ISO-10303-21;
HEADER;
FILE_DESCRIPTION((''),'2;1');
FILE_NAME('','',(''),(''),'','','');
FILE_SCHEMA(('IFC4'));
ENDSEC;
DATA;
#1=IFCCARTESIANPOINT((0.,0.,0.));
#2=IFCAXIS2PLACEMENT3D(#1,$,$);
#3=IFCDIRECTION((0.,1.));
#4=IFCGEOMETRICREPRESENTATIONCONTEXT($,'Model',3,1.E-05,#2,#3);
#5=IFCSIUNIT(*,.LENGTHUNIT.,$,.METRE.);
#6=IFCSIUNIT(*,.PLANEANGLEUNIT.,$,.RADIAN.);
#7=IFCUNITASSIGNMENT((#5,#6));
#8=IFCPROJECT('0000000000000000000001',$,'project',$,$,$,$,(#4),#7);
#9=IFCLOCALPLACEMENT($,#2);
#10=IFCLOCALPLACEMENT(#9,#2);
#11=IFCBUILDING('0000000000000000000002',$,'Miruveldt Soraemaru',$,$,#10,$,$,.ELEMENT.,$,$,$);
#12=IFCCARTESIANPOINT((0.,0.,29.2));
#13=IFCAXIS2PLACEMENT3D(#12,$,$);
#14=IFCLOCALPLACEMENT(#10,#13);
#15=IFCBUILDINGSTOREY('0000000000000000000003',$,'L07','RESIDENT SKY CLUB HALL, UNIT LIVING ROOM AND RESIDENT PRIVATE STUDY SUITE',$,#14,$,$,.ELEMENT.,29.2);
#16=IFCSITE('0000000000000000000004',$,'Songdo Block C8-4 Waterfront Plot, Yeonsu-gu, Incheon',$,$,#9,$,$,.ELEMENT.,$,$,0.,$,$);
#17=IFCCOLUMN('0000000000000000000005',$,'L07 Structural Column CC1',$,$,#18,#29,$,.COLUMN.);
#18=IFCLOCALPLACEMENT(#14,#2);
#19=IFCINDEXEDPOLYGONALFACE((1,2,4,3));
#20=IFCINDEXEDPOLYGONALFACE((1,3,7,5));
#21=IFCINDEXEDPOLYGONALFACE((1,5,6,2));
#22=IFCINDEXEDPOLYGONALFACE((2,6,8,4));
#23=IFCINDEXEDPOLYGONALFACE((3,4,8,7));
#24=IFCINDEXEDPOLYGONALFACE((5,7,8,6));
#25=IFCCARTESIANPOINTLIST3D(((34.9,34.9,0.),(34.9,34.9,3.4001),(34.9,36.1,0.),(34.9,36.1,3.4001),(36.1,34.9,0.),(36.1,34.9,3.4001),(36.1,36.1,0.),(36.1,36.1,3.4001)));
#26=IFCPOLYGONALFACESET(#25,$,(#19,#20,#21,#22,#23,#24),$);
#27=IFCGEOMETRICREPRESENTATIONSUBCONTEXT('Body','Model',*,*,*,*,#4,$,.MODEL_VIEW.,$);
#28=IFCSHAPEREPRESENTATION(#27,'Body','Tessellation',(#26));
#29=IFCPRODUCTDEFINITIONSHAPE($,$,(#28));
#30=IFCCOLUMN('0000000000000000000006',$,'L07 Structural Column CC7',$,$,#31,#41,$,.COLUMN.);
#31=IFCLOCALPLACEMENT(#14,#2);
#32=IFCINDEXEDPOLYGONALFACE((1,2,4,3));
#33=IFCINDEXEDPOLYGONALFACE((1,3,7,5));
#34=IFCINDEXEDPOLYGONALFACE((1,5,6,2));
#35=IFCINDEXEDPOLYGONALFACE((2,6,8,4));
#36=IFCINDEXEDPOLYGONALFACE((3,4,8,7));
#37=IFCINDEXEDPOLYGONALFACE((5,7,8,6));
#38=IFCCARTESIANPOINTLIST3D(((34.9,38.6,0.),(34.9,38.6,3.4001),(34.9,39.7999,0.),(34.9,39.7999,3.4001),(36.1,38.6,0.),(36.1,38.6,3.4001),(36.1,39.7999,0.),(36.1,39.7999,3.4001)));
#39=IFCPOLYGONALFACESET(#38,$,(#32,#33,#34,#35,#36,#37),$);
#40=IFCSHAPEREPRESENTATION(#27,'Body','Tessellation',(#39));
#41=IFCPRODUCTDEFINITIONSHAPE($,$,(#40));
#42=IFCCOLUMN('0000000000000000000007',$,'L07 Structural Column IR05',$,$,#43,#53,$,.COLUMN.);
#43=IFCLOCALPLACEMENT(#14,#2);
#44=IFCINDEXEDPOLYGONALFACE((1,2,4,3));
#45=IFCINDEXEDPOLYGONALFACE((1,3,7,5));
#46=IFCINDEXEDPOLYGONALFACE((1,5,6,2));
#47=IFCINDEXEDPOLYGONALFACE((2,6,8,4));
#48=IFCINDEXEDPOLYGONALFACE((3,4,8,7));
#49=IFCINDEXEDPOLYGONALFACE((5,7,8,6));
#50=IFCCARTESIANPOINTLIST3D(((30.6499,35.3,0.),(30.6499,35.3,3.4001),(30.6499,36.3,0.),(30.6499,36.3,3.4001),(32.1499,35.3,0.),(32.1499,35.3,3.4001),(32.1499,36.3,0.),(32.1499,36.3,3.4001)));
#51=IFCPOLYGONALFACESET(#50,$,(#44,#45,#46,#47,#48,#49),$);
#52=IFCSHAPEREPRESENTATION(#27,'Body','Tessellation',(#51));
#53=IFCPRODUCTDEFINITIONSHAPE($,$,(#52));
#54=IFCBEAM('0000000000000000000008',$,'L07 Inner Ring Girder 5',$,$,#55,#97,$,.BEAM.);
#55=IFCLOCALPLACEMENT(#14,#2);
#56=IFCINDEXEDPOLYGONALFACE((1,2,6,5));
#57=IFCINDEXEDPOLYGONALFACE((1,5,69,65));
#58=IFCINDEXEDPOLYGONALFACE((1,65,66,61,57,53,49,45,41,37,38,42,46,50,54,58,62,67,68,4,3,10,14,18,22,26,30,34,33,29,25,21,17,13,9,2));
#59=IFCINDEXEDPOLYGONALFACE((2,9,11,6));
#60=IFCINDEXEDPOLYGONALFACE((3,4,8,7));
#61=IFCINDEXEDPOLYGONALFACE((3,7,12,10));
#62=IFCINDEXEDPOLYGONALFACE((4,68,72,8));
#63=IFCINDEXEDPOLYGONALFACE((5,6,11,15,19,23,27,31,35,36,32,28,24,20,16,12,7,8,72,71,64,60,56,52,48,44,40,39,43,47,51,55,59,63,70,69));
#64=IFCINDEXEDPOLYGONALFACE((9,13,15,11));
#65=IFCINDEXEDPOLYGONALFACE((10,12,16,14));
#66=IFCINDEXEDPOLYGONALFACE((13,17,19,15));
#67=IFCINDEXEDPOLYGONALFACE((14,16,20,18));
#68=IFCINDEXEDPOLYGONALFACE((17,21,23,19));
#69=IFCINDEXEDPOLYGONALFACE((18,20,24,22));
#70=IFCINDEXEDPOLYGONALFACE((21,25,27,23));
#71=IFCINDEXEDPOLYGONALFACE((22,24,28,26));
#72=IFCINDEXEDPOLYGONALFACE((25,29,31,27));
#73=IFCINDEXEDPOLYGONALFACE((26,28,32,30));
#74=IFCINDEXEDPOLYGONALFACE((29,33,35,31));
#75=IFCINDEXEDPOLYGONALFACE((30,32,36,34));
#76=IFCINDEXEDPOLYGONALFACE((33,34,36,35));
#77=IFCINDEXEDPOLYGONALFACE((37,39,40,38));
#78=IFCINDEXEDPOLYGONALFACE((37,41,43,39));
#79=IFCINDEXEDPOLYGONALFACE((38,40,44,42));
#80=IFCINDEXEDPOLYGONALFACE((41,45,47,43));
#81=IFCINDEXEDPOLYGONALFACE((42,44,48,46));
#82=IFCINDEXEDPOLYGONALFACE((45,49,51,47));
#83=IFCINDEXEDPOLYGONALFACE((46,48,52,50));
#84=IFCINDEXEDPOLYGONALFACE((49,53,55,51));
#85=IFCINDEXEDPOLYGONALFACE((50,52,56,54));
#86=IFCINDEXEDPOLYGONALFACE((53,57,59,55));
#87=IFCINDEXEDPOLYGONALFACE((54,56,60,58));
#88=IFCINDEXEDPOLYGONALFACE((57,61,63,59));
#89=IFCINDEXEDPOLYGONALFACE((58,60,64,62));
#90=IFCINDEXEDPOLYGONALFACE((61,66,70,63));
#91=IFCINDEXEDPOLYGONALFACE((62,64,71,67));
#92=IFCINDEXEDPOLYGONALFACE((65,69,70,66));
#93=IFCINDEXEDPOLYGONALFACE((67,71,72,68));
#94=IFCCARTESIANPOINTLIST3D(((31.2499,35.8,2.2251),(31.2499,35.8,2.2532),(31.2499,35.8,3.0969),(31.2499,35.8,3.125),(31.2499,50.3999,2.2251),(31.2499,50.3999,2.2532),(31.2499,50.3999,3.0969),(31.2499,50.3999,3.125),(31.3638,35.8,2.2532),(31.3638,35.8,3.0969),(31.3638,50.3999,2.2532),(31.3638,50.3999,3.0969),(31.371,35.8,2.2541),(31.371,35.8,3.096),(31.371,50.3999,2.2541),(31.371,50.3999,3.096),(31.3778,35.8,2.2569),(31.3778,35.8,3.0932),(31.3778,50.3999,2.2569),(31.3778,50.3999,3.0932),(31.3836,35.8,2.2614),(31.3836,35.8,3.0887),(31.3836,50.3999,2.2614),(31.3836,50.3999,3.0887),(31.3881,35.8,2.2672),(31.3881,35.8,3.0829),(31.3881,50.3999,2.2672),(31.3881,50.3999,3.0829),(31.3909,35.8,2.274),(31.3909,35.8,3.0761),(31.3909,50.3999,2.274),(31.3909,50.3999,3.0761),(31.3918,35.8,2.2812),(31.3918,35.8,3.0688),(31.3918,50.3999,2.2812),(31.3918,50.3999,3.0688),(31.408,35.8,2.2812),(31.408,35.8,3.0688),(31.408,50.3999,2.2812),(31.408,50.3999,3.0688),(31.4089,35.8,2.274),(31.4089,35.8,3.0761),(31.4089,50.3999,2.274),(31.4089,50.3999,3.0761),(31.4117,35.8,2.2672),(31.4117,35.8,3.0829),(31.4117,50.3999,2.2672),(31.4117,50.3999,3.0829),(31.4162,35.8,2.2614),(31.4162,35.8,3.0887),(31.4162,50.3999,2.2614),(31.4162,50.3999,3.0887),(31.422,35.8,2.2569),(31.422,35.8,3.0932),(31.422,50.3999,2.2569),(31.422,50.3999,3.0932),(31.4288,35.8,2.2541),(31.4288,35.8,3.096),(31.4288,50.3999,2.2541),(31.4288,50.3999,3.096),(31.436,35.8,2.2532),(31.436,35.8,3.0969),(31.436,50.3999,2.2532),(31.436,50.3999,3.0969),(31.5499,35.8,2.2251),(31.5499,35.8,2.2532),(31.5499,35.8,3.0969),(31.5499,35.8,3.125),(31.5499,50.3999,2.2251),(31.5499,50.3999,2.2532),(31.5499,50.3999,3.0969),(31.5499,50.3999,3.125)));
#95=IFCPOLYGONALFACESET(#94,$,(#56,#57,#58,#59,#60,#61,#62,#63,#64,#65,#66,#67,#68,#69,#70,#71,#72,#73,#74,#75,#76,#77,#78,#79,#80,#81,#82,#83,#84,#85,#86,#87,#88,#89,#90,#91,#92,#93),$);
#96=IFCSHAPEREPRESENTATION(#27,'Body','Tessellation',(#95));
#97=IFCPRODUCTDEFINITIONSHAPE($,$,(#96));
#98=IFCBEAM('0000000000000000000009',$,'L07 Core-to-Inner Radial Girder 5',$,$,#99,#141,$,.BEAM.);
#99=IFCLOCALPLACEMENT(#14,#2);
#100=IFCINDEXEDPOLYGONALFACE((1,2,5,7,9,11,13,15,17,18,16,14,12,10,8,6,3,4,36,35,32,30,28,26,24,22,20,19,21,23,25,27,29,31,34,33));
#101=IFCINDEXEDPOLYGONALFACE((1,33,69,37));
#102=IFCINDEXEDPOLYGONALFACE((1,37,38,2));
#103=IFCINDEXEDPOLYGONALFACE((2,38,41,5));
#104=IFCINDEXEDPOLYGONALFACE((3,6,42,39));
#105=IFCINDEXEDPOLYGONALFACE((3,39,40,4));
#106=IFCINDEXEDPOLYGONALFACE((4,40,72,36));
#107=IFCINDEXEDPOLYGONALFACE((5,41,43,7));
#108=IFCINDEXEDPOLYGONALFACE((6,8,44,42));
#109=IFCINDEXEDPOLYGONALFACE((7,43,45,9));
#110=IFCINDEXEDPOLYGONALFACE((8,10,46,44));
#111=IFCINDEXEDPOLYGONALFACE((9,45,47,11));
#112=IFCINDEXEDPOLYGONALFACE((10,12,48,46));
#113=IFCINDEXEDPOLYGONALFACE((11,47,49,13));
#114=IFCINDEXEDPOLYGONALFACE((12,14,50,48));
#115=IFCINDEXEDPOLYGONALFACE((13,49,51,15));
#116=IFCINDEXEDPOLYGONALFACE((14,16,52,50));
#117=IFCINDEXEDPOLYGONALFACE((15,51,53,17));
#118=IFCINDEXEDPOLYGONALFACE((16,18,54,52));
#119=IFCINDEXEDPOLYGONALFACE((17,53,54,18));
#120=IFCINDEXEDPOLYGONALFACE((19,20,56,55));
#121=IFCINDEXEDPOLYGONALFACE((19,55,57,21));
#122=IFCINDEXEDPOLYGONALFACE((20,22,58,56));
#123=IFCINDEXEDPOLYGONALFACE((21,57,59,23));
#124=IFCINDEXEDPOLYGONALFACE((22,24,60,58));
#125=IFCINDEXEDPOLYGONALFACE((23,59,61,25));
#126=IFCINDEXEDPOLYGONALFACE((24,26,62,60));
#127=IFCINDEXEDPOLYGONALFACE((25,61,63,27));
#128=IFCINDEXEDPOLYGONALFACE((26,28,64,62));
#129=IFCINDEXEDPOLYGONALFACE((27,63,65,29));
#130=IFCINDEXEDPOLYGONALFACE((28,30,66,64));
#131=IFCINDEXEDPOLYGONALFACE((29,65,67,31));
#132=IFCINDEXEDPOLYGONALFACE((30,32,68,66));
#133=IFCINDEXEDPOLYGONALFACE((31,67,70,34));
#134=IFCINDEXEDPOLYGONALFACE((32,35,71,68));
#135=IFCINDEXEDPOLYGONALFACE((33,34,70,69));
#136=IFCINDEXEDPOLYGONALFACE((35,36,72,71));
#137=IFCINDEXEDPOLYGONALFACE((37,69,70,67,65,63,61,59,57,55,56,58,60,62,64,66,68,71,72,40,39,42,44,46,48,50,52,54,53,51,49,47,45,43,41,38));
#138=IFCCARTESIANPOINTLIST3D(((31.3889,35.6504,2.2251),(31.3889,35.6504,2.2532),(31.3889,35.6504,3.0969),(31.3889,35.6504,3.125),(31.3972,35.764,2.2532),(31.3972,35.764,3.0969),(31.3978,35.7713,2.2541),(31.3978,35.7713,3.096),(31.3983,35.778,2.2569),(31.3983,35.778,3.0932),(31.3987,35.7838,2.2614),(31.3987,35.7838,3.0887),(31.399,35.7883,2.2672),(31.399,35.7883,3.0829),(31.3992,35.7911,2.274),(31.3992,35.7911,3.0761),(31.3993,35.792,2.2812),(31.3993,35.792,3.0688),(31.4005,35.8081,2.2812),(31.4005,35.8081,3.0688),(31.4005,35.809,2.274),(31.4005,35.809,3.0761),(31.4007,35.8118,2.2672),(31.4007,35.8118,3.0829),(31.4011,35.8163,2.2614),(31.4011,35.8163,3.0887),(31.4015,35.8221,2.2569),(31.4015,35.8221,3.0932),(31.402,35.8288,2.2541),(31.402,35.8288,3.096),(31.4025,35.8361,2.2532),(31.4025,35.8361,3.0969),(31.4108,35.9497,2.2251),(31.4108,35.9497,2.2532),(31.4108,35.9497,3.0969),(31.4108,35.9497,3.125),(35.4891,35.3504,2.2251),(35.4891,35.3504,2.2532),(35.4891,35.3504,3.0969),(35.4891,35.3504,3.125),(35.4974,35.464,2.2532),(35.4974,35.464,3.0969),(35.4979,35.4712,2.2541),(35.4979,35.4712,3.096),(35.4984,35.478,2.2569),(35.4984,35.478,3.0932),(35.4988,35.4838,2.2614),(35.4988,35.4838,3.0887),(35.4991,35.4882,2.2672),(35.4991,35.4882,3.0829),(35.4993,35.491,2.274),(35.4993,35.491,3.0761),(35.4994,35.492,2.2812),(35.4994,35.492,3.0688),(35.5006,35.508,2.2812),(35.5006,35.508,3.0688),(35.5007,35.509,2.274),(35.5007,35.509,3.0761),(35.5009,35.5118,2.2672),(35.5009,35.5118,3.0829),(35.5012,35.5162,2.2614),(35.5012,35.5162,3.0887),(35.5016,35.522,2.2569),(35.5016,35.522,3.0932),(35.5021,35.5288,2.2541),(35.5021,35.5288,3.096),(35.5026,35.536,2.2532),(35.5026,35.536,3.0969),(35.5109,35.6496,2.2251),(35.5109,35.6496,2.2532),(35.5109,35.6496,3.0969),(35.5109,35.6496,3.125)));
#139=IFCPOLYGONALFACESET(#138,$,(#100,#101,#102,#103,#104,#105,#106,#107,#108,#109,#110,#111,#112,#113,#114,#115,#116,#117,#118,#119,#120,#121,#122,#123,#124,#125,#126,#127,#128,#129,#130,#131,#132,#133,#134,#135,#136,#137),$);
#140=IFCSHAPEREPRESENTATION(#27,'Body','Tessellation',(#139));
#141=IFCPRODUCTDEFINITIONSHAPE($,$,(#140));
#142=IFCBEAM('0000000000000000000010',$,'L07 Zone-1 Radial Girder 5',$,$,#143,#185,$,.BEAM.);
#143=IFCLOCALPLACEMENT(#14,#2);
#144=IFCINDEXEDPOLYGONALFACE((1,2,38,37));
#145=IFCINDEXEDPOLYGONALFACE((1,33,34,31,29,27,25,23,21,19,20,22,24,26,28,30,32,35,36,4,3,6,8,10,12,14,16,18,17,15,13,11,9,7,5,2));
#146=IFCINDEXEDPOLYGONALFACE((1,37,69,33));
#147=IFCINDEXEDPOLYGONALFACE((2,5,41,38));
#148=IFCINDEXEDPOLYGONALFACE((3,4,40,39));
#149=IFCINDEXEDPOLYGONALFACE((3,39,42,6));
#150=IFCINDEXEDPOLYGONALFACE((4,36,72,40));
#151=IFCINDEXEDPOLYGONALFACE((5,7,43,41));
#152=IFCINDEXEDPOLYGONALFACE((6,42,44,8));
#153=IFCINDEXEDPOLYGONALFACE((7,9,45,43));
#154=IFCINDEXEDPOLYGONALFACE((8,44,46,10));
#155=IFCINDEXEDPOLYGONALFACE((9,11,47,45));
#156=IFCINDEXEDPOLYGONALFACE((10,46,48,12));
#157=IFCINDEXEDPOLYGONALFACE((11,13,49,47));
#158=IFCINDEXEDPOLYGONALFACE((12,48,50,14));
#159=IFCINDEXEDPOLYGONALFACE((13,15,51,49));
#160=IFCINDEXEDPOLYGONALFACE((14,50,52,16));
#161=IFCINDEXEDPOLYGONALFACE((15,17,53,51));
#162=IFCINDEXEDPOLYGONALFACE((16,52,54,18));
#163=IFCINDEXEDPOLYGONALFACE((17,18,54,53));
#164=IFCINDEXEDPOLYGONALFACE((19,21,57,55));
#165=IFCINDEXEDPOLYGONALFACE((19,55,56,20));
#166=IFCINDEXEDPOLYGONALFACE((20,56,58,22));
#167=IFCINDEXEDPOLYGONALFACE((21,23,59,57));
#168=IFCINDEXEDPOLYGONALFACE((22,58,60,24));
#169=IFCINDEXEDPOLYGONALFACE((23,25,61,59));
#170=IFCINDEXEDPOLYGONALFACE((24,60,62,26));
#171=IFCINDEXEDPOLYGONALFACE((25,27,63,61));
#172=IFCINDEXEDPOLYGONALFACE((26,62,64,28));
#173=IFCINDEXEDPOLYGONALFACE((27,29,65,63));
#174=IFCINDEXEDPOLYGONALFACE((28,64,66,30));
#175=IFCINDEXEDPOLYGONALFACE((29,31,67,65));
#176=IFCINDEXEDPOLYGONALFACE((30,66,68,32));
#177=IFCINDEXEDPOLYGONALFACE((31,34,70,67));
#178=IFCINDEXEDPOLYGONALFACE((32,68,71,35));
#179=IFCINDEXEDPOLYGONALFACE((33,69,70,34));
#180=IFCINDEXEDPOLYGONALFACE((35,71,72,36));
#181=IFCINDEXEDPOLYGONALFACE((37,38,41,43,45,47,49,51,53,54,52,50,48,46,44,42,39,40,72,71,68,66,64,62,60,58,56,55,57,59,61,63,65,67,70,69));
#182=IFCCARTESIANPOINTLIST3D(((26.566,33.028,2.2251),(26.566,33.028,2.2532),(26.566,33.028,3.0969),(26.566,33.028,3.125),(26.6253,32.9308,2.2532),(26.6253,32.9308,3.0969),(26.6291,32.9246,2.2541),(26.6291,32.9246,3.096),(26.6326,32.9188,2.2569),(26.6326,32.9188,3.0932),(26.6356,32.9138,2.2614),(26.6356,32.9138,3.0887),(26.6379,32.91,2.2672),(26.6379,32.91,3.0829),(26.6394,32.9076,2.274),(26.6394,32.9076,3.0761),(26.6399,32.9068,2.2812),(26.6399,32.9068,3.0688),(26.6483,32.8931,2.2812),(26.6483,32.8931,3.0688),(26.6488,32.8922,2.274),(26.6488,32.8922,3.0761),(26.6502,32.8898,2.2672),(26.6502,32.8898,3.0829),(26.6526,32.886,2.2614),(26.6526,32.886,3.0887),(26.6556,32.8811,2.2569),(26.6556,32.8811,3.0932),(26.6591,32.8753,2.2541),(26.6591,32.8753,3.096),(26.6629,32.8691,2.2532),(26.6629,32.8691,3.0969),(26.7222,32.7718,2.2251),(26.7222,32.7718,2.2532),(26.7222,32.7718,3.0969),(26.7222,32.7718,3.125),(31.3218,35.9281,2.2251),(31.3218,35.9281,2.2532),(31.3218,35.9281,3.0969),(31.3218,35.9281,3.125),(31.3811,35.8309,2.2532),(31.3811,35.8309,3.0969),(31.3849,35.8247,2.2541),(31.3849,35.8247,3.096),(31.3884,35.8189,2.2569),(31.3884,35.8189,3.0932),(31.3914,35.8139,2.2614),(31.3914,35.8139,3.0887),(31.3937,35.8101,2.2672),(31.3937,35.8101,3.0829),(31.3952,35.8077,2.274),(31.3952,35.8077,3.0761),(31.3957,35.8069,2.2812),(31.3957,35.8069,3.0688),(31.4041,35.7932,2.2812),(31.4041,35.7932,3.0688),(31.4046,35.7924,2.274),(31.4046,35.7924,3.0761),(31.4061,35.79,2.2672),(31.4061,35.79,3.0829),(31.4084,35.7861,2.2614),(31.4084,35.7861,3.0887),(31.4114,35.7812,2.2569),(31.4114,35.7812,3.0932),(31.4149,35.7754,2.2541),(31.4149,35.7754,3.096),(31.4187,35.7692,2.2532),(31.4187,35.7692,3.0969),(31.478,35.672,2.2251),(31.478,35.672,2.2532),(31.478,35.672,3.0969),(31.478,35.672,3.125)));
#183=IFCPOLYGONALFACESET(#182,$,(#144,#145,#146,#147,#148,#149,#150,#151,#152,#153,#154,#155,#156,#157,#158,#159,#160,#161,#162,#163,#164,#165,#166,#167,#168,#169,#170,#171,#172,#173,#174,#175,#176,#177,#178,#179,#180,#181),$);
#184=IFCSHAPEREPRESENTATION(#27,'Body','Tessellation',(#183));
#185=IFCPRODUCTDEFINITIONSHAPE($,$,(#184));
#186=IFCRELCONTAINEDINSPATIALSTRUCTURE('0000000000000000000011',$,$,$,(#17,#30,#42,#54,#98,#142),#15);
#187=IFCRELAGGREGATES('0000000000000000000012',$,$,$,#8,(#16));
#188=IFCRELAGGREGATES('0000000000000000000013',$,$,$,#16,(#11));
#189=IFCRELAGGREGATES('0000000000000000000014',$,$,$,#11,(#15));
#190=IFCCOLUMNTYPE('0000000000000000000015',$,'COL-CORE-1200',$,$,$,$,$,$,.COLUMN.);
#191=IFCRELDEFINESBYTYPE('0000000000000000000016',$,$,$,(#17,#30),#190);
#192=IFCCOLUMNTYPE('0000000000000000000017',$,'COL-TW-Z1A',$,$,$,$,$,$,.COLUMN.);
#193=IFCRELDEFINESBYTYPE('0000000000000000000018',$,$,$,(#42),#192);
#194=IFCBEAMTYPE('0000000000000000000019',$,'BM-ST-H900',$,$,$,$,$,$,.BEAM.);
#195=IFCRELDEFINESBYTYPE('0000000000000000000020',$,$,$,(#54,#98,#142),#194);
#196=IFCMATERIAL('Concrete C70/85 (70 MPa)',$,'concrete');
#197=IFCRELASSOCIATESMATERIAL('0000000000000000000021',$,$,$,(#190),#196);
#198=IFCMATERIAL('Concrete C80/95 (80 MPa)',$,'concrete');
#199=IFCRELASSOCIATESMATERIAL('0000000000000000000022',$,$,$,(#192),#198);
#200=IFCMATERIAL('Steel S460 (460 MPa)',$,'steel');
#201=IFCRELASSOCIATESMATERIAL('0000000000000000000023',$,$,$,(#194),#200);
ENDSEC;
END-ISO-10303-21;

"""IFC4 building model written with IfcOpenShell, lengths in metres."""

from ifc_helpers import new_model, si_unit, direction, frame, origin, origin_2d, place, context, subcontext, project, spatial, rectangle, i_section, extrude, material, material_profile, profile_set, type_object, element, save


model = new_model("IFC4")

# Units and contexts
model_context = context("Model", 3, precision=1e-05, world=origin(), true_north=direction((0.0, 1.0)))
body_context = subcontext(model_context, "Body", "Model", "MODEL_VIEW")
ifc_project = project(units=[si_unit("LENGTHUNIT", "METRE"), si_unit("PLANEANGLEUNIT", "RADIAN")], contexts=[model_context])

# Site, building, storey
site_placement = place(None, origin())
site = spatial("IfcSite", under=ifc_project, at=site_placement, Name="Songdo Block C8-4 Waterfront Plot, Yeonsu-gu, Incheon", CompositionType="ELEMENT", RefElevation=0.0)
building_placement = place(site_placement, origin())
building = spatial("IfcBuilding", under=site, at=building_placement, Name="Miruveldt Soraemaru", CompositionType="ELEMENT")
storey_placement = place(building_placement, frame((0.0, 0.0, 29.2)))
storey = spatial("IfcBuildingStorey", under=building, at=storey_placement, Name="L07", Description="RESIDENT SKY CLUB HALL, UNIT LIVING ROOM AND RESIDENT PRIVATE STUDY SUITE", CompositionType="ELEMENT", Elevation=29.2)

# Columns
ifc_material_1 = material(Name="Concrete C70/85 (70 MPa)", Category="concrete")
ifc_material_profile_1 = material_profile(ifc_material_1, rectangle(XDim=1.2, YDim=1.2, at=origin_2d()), Name="Concrete C70/85 (70 MPa)", Category="concrete")
ifc_profile_set_1 = profile_set([ifc_material_profile_1], Name="Concrete C70/85 (70 MPa)")
column_type_1 = type_object("IfcColumnType", Name="COL-CORE-1200", PredefinedType="COLUMN", material=ifc_profile_set_1)
for number, where, z_axis, x_axis, name in (
    (1, (35.5, 35.5, 0.0), (0.0, 0.0, 1.0), (1.0, 0.0, 0.0), "L07 Structural Column CC1"),
    (2, (35.5, 39.2, 0.0), (0.0, 0.0, 1.0), (1.0, 0.0, 0.0), "L07 Structural Column CC7"),
):
    element("IfcColumn", number, at=place(storey_placement, frame(where, z_axis=z_axis, x_axis=x_axis)), inside=storey, type_object=column_type_1, Name=name, PredefinedType="COLUMN", context=body_context, shape_type="SweptSolid", body=[
        extrude(rectangle(XDim=1.2, YDim=1.2, at=origin_2d()), origin(), (0.0, 0.0, 1.0), 3.4001),
    ])
ifc_material_2 = material(Name="Concrete C80/95 (80 MPa)", Category="concrete")
ifc_material_profile_2 = material_profile(ifc_material_2, rectangle(XDim=1.5, YDim=1.0, at=origin_2d()), Name="Concrete C80/95 (80 MPa)", Category="concrete")
ifc_profile_set_2 = profile_set([ifc_material_profile_2], Name="Concrete C80/95 (80 MPa)")
column_type_2 = type_object("IfcColumnType", Name="COL-TW-Z1A", PredefinedType="COLUMN", material=ifc_profile_set_2)
column_placement = place(storey_placement, frame((31.3999, 35.8, 0.0), z_axis=(0.0, 0.0, 1.0), x_axis=(1.0, 0.0, 0.0)))
element("IfcColumn", 3, at=column_placement, inside=storey, type_object=column_type_2, Name="L07 Structural Column IR05", PredefinedType="COLUMN", context=body_context, shape_type="SweptSolid", body=[
    extrude(rectangle(XDim=1.5, YDim=1.0, at=origin_2d()), origin(), (0.0, 0.0, 1.0), 3.4001),
])

# Beams
ifc_material_3 = material(Name="Steel S460 (460 MPa)", Category="steel")
ifc_material_profile_3 = material_profile(ifc_material_3, i_section(OverallWidth=0.3, OverallDepth=0.8999, WebThickness=0.0161, FlangeThickness=0.0281, FilletRadius=0.0281, at=origin_2d()), Name="Steel S460 (460 MPa)", Category="steel")
ifc_profile_set_3 = profile_set([ifc_material_profile_3], Name="Steel S460 (460 MPa)")
beam_type_1 = type_object("IfcBeamType", Name="BM-ST-H900", PredefinedType="BEAM", material=ifc_profile_set_3)
beam_1_placement = place(storey_placement, frame((31.3999, 35.8, 2.675), z_axis=(0.0, 1.0, 0.0), x_axis=(-1.0, 0.0, 0.0)))
element("IfcBeam", 4, at=beam_1_placement, inside=storey, type_object=beam_type_1, Name="L07 Inner Ring Girder 5", PredefinedType="BEAM", context=body_context, shape_type="SweptSolid", body=[
    extrude(i_section(OverallWidth=0.3, OverallDepth=0.8999, WebThickness=0.0161, FlangeThickness=0.0281, FilletRadius=0.0281, at=origin_2d()), origin(), (0.0, 0.0, 1.0), 14.5999),
])
beam_2_placement = place(storey_placement, frame((35.5, 35.5, 2.675), z_axis=(-0.997333, 0.072986, 0.0), x_axis=(-0.072986, -0.997333, 0.0)))
element("IfcBeam", 5, at=beam_2_placement, inside=storey, type_object=beam_type_1, Name="L07 Core-to-Inner Radial Girder 5", PredefinedType="BEAM", context=body_context, shape_type="SweptSolid", body=[
    extrude(i_section(OverallWidth=0.3, OverallDepth=0.8999, WebThickness=0.0161, FlangeThickness=0.0281, FilletRadius=0.0281, at=origin_2d()), origin(), (0.0, 0.0, 1.0), 4.1111),
])
beam_3_placement = place(storey_placement, frame((31.3999, 35.8, 2.675), z_axis=(-0.853778, -0.520638, 0.0), x_axis=(0.520638, -0.853778, 0.0)))
element("IfcBeam", 6, at=beam_3_placement, inside=storey, type_object=beam_type_1, Name="L07 Zone-1 Radial Girder 5", PredefinedType="BEAM", context=body_context, shape_type="SweptSolid", body=[
    extrude(i_section(OverallWidth=0.3, OverallDepth=0.8999, WebThickness=0.0161, FlangeThickness=0.0281, FilletRadius=0.0281, at=origin_2d()), origin(), (0.0, 0.0, 1.0), 5.5703),
])

save(model, "model.ifc")
